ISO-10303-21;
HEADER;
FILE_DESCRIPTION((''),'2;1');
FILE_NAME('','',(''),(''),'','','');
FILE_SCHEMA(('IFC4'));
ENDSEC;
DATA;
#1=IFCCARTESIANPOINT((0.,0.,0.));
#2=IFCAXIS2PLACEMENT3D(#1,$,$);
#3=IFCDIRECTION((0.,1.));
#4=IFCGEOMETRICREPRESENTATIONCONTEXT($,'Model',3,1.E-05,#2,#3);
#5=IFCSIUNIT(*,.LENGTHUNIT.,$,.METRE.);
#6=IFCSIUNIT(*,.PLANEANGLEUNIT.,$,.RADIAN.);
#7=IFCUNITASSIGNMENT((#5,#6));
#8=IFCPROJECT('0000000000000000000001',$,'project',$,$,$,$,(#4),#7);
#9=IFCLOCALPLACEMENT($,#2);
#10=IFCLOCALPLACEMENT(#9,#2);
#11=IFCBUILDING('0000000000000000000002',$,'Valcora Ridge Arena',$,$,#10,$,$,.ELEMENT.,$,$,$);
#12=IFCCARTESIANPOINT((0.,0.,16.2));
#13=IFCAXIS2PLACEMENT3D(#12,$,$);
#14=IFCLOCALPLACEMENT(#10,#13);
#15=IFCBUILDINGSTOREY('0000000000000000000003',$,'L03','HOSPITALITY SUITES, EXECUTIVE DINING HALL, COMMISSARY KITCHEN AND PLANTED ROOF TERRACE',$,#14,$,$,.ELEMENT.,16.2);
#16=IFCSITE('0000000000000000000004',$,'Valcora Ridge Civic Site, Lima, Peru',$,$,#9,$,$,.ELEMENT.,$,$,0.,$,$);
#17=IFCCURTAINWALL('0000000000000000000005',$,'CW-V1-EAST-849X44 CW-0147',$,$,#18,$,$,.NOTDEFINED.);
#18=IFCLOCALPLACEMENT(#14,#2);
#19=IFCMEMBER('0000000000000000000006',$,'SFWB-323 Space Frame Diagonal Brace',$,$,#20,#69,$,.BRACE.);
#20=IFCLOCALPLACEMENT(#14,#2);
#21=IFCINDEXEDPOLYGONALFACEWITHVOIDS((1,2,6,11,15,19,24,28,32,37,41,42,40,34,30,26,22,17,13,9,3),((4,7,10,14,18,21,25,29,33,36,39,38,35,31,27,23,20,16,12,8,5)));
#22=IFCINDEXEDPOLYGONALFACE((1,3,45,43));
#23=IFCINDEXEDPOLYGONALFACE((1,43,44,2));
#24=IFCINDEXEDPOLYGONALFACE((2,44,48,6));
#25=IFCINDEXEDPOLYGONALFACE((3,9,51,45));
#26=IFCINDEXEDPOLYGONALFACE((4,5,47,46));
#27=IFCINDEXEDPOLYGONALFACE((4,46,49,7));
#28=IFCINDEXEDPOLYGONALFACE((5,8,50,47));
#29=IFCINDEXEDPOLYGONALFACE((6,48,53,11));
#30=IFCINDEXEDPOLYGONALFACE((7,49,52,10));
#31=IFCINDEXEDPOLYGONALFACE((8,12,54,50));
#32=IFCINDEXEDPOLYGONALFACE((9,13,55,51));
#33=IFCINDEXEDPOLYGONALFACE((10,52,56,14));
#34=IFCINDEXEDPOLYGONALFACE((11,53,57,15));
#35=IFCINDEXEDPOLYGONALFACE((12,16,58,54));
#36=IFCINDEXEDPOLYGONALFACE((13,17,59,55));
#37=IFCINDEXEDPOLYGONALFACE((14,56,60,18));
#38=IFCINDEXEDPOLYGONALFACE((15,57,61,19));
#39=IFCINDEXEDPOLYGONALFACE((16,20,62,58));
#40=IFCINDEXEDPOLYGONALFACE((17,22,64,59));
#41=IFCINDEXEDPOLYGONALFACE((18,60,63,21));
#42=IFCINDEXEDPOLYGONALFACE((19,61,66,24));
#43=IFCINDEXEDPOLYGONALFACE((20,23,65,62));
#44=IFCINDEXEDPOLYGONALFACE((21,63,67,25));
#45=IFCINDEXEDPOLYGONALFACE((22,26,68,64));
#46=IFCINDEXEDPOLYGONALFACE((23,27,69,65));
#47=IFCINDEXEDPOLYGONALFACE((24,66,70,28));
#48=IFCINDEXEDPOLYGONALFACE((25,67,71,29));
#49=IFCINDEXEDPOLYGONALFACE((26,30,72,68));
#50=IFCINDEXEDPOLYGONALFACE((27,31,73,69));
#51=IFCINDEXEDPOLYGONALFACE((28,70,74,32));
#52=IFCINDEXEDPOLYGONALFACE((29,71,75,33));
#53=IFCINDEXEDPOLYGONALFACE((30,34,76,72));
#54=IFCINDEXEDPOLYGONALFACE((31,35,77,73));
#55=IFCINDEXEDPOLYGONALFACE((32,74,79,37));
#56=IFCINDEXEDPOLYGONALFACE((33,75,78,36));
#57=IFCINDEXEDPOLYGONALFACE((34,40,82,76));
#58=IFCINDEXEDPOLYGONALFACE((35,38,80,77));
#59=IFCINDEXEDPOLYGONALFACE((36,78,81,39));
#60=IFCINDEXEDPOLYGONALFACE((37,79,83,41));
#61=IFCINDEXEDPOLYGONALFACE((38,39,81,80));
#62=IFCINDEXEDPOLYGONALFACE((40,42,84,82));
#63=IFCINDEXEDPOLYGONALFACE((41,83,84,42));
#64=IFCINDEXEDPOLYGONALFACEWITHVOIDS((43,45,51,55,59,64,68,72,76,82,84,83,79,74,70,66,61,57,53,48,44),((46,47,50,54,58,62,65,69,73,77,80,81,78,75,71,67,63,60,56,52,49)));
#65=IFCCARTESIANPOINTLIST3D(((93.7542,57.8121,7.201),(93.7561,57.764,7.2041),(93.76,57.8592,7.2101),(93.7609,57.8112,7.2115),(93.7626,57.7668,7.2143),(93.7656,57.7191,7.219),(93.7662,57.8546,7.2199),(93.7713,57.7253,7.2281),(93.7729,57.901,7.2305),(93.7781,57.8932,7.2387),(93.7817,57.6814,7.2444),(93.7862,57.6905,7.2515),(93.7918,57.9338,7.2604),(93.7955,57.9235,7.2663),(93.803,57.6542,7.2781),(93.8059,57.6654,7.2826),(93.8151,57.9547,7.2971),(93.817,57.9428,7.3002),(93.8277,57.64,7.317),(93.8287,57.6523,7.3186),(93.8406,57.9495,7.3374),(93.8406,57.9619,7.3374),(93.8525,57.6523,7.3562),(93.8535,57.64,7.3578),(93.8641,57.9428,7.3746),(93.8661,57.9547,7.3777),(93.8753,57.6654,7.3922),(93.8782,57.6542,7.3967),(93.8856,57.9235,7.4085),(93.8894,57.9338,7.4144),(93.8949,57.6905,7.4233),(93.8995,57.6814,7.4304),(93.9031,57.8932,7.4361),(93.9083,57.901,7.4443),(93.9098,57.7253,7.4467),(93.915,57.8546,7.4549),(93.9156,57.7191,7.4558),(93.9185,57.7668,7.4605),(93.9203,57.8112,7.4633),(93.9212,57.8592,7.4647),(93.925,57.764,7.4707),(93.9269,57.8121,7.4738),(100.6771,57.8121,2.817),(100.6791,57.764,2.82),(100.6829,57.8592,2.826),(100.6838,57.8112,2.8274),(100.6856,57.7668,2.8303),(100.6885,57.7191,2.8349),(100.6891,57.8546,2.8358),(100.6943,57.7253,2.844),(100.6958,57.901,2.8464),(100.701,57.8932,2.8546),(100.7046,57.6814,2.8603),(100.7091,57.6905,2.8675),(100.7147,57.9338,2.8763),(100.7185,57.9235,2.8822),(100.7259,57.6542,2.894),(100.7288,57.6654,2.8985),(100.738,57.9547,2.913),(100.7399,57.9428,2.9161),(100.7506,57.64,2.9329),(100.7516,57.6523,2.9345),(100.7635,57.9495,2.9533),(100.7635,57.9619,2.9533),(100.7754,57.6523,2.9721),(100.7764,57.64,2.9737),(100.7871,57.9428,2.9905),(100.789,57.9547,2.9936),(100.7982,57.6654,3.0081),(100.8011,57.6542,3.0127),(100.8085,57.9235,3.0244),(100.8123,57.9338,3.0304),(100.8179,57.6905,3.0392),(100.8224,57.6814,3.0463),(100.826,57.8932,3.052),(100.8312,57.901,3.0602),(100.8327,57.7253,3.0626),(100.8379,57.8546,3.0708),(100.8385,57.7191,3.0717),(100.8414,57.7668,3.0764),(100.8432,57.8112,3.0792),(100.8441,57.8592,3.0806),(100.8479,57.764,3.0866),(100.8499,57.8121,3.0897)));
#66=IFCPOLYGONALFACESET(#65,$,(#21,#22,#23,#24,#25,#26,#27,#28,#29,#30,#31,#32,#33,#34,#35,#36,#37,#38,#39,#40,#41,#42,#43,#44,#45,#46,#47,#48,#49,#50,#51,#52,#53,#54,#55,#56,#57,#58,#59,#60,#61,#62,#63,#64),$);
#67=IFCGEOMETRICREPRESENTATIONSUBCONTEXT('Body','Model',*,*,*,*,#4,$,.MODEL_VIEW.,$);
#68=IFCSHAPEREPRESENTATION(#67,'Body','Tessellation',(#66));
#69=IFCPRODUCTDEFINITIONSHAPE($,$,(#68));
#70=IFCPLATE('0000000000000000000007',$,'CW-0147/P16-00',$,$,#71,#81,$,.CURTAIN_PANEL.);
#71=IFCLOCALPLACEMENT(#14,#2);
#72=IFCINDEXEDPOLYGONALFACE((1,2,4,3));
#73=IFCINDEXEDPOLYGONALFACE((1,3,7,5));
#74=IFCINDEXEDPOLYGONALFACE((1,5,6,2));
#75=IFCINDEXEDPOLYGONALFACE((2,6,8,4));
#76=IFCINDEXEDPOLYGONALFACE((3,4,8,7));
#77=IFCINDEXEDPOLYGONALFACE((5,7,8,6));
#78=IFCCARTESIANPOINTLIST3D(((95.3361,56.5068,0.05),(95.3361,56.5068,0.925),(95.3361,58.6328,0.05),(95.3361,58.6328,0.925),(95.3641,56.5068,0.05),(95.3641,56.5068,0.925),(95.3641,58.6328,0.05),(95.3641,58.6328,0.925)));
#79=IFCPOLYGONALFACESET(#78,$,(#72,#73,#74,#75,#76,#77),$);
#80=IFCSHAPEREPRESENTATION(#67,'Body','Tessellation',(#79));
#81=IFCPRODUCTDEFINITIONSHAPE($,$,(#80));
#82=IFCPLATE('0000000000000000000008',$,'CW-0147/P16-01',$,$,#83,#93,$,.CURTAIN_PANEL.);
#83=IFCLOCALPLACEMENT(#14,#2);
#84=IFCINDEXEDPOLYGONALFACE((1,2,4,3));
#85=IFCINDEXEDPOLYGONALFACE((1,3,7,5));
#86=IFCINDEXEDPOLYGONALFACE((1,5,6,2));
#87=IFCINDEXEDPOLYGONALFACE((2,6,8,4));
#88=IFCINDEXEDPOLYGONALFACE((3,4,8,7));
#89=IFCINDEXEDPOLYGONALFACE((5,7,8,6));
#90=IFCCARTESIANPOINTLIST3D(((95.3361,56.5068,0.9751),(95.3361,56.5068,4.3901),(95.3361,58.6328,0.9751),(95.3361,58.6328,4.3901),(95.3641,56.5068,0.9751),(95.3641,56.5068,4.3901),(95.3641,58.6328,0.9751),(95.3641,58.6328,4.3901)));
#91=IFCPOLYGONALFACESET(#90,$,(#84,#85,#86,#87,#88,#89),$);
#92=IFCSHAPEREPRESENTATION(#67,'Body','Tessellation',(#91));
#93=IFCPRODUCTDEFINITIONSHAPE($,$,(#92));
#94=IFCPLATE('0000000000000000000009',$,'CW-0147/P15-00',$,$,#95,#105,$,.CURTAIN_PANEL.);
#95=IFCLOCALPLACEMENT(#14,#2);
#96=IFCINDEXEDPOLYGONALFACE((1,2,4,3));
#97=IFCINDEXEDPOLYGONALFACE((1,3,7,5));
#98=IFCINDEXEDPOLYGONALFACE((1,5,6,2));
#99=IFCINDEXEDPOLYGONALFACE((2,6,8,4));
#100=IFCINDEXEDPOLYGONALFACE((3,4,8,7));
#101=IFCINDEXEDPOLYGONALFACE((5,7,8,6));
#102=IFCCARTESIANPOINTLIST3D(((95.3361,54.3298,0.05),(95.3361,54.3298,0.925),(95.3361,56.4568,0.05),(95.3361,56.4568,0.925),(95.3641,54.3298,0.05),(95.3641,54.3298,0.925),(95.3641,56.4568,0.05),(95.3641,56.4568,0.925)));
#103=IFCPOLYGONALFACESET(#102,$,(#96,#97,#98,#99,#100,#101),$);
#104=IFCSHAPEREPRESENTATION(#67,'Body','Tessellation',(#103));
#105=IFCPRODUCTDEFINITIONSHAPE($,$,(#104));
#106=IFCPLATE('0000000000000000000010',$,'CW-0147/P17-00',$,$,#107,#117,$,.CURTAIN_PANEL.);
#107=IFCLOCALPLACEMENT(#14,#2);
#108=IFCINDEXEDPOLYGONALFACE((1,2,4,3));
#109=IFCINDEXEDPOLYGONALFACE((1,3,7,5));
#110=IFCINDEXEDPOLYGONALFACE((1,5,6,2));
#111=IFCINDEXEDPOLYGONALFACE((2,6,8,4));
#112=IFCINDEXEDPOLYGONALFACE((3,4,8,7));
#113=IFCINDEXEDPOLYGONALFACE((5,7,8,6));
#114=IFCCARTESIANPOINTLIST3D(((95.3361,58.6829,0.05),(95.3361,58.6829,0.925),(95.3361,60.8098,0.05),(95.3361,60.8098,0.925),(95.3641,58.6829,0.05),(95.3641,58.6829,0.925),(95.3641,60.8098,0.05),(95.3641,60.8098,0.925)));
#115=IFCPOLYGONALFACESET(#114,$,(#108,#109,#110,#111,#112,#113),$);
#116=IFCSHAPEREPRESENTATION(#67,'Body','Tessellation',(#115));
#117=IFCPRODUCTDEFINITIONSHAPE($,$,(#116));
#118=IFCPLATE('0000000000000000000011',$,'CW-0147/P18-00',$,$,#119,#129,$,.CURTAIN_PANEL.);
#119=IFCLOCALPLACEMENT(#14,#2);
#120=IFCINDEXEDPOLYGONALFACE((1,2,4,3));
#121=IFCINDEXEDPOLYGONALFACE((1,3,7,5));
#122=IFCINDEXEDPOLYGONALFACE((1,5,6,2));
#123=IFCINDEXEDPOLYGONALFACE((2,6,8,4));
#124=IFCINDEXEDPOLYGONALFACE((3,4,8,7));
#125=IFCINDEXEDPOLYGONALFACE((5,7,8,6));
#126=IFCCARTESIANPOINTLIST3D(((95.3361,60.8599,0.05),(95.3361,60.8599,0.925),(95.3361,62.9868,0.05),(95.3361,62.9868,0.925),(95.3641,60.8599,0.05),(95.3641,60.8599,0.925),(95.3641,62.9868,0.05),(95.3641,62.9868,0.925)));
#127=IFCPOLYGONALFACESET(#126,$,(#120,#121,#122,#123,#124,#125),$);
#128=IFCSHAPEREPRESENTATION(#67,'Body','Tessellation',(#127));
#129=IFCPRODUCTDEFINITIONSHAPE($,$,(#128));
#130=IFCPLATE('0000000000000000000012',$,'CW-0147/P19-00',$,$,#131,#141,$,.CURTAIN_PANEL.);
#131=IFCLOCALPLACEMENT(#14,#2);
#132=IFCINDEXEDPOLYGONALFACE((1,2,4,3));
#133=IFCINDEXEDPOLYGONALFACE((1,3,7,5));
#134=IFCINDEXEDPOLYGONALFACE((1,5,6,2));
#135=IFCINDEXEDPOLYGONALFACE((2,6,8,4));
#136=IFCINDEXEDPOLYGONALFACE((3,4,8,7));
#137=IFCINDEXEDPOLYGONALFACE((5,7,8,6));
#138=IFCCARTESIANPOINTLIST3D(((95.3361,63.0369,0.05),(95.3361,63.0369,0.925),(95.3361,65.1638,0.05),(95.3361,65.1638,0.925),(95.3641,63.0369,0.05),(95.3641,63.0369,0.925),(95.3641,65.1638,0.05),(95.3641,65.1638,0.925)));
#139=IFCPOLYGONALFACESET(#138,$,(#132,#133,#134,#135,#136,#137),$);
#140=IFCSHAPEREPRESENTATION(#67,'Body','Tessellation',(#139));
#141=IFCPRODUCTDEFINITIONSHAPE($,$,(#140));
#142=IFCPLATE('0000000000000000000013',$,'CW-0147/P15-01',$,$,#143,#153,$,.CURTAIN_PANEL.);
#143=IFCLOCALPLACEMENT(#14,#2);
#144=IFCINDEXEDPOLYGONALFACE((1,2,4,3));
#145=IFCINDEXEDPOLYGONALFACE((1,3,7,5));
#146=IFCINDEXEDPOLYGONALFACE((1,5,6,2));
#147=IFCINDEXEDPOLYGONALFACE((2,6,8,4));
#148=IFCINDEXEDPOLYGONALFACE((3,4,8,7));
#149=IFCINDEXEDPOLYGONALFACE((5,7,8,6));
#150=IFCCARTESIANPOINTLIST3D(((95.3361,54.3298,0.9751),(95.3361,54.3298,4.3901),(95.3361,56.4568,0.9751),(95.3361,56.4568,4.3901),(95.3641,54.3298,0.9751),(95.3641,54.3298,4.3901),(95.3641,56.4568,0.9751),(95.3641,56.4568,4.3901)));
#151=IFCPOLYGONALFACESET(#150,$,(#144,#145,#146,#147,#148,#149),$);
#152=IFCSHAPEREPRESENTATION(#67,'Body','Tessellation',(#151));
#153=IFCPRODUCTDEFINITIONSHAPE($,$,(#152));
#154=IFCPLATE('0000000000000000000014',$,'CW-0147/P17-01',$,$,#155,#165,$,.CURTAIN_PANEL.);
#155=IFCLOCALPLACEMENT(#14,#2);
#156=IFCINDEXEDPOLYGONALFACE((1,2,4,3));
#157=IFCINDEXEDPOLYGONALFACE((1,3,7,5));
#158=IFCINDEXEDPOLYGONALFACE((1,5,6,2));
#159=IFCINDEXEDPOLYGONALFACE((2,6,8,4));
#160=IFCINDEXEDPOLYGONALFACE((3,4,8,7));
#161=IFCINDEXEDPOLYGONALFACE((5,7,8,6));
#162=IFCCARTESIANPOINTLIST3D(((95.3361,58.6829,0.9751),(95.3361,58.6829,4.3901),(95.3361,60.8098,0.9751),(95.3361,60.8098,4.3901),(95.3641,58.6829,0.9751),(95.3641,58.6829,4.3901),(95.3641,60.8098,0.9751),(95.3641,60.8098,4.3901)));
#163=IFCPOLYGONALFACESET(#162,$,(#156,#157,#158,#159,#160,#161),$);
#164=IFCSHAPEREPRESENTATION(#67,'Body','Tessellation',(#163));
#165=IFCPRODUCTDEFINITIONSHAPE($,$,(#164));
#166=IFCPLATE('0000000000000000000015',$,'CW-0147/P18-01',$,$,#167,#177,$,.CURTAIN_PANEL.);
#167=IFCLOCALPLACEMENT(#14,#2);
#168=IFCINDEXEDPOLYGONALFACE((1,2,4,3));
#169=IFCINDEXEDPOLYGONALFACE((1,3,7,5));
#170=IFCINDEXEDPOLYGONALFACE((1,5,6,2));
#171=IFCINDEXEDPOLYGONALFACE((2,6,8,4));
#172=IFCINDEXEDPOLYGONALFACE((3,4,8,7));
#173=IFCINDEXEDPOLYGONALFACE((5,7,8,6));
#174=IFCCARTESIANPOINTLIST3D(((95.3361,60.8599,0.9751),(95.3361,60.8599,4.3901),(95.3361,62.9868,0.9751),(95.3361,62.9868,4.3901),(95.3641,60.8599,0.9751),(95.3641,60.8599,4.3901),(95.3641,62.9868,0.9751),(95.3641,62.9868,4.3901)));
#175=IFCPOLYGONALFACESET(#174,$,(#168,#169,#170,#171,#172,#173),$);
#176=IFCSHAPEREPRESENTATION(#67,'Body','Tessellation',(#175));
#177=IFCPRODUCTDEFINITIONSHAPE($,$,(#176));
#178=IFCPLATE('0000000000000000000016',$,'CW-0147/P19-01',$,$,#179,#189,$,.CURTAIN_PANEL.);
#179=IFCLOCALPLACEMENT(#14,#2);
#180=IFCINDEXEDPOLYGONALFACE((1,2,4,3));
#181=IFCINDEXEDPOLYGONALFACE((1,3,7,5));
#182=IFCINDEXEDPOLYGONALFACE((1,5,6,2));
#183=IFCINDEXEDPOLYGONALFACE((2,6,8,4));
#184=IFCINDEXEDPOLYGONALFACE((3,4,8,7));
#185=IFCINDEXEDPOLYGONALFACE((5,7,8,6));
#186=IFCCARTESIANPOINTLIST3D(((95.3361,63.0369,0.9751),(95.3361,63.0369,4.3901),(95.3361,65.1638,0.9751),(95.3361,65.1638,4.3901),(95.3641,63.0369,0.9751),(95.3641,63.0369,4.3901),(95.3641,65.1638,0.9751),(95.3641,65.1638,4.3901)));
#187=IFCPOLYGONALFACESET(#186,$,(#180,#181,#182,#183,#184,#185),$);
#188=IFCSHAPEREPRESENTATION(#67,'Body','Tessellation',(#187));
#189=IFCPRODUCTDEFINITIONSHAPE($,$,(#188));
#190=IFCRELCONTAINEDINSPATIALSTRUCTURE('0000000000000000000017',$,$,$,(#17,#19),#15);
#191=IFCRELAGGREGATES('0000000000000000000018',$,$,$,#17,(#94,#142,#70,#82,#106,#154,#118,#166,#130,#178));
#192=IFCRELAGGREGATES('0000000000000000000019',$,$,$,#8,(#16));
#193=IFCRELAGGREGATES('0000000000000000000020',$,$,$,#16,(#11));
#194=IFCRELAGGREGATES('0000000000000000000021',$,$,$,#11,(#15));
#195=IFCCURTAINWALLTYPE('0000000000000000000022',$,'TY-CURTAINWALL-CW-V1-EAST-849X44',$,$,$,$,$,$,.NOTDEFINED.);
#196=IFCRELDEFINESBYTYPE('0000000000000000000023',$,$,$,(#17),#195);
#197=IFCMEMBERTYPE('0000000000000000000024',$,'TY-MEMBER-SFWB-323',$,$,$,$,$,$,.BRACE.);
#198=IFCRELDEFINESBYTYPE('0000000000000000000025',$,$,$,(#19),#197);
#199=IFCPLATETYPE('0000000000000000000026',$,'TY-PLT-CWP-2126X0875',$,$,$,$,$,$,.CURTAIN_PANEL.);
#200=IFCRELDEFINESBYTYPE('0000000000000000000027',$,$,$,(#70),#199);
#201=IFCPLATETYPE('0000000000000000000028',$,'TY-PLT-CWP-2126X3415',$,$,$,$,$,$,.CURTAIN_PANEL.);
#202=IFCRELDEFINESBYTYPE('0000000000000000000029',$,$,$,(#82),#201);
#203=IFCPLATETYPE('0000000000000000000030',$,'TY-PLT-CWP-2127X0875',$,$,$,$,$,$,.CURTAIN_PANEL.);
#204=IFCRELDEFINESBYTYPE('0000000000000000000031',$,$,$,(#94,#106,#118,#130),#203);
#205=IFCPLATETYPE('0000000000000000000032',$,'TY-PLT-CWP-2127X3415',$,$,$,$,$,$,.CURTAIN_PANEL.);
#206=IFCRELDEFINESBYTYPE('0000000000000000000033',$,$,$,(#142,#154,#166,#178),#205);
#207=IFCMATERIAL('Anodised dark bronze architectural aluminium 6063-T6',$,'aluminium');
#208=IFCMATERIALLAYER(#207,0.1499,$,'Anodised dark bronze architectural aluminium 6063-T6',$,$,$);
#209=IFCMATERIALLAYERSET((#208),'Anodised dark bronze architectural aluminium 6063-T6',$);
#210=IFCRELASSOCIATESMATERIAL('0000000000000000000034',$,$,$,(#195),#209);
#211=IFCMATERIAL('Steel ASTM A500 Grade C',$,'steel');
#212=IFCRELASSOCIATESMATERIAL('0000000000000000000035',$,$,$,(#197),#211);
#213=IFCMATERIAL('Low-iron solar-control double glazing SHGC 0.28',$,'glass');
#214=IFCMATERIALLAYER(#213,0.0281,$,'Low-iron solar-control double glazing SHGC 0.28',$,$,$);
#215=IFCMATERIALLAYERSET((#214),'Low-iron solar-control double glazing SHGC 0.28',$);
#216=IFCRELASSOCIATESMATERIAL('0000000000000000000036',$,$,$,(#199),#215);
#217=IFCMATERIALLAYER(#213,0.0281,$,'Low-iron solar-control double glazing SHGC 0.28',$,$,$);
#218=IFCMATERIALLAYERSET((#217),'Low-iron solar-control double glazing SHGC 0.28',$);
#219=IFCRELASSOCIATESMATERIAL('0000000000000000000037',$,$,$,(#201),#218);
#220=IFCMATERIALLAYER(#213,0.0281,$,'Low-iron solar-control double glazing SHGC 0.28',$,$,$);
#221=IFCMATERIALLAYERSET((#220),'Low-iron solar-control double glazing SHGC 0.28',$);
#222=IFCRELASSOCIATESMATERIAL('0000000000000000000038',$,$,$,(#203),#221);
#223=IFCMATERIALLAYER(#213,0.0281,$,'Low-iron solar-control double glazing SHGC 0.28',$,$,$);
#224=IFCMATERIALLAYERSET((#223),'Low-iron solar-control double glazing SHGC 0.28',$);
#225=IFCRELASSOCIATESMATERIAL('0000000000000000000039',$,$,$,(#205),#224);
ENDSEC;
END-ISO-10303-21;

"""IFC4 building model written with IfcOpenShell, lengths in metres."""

from ifc_helpers import new_model, si_unit, direction, frame, origin, origin_2d, place, context, subcontext, project, spatial, rectangle, hollow_circle, extrude, material, layer, layer_set, material_profile, profile_set, type_object, element, aggregate, save


model = new_model("IFC4")

# Units and contexts
model_context = context("Model", 3, precision=1e-05, world=origin(), true_north=direction((0.0, 1.0)))
body_context = subcontext(model_context, "Body", "Model", "MODEL_VIEW")
ifc_project = project(units=[si_unit("LENGTHUNIT", "METRE"), si_unit("PLANEANGLEUNIT", "RADIAN")], contexts=[model_context])

# Site, building, storey
site_placement = place(None, origin())
site = spatial("IfcSite", under=ifc_project, at=site_placement, Name="Valcora Ridge Civic Site, Lima, Peru", CompositionType="ELEMENT", RefElevation=0.0)
building_placement = place(site_placement, origin())
building = spatial("IfcBuilding", under=site, at=building_placement, Name="Valcora Ridge Arena", CompositionType="ELEMENT")
storey_placement = place(building_placement, frame((0.0, 0.0, 16.2)))
storey = spatial("IfcBuildingStorey", under=building, at=storey_placement, Name="L03", Description="HOSPITALITY SUITES, EXECUTIVE DINING HALL, COMMISSARY KITCHEN AND PLANTED ROOF TERRACE", CompositionType="ELEMENT", Elevation=16.2)

# Curtain wall
ifc_material_1 = material(Name="Anodised dark bronze architectural aluminium 6063-T6", Category="aluminium")
ifc_layer_1 = layer(ifc_material_1, 0.1499, Name="Anodised dark bronze architectural aluminium 6063-T6")
ifc_layer_set_1 = layer_set([ifc_layer_1], Name="Anodised dark bronze architectural aluminium 6063-T6")
curtain_wall_type = type_object("IfcCurtainWallType", Name="TY-CURTAINWALL-CW-V1-EAST-849X44", PredefinedType="NOTDEFINED", material=ifc_layer_set_1)
curtain_wall_placement = place(storey_placement, origin())
curtain_wall = element("IfcCurtainWall", 1, at=curtain_wall_placement, inside=storey, type_object=curtain_wall_type, Name="CW-V1-EAST-849X44 CW-0147", PredefinedType="NOTDEFINED")

# Member
ifc_material_2 = material(Name="Steel ASTM A500 Grade C", Category="steel")
ifc_material_profile_1 = material_profile(ifc_material_2, hollow_circle(Radius=0.1619, WallThickness=0.0125, at=origin_2d()), Name="CHS323X12")
ifc_profile_set_1 = profile_set([ifc_material_profile_1], Name="Steel ASTM A500 Grade C")
member_type_1 = type_object("IfcMemberType", Name="TY-MEMBER-SFWB-323", PredefinedType="BRACE", material=ifc_profile_set_1)
member_1_placement = place(storey_placement, frame((93.8406, 57.8, 7.3374), z_axis=(0.844843, 0.0, -0.535014), x_axis=(0.0, 1.0, 0.0)))
element("IfcMember", 2, at=member_1_placement, inside=storey, type_object=member_type_1, Name="SFWB-323 Space Frame Diagonal Brace", PredefinedType="BRACE", context=body_context, shape_type="SweptSolid", body=[
    extrude(hollow_circle(Radius=0.1619, WallThickness=0.0125, at=origin_2d()), origin(), (0.0, 0.0, 1.0), 8.1943),
])

# Plates
ifc_material_3 = material(Name="Low-iron solar-control double glazing SHGC 0.28", Category="glass")
ifc_layer_2 = layer(ifc_material_3, 0.0281, Name="Low-iron solar-control double glazing SHGC 0.28")
ifc_layer_set_2 = layer_set([ifc_layer_2], Name="Low-iron solar-control double glazing SHGC 0.28")
plate_type_1 = type_object("IfcPlateType", Name="TY-PLT-CWP-2126X0875", PredefinedType="CURTAIN_PANEL", material=ifc_layer_set_2)
plate_1_placement = place(storey_placement, frame((95.3501, 57.5698, 0.05), z_axis=(0.0, 0.0, 1.0), x_axis=(0.0, 1.0, 0.0)))
plate_1 = element("IfcPlate", 3, at=plate_1_placement, type_object=plate_type_1, Name="CW-0147/P16-00", PredefinedType="CURTAIN_PANEL", context=body_context, shape_type="SweptSolid", body=[
    extrude(rectangle(XDim=2.126, YDim=0.0281, at=origin_2d()), origin(), (0.0, 0.0, 1.0), 0.875),
])
ifc_layer_3 = layer(ifc_material_3, 0.0281, Name="Low-iron solar-control double glazing SHGC 0.28")
ifc_layer_set_3 = layer_set([ifc_layer_3], Name="Low-iron solar-control double glazing SHGC 0.28")
plate_type_2 = type_object("IfcPlateType", Name="TY-PLT-CWP-2126X3415", PredefinedType="CURTAIN_PANEL", material=ifc_layer_set_3)
plate_2_placement = place(storey_placement, frame((95.3501, 57.5698, 0.9751), z_axis=(0.0, 0.0, 1.0), x_axis=(0.0, 1.0, 0.0)))
plate_2 = element("IfcPlate", 4, at=plate_2_placement, type_object=plate_type_2, Name="CW-0147/P16-01", PredefinedType="CURTAIN_PANEL", context=body_context, shape_type="SweptSolid", body=[
    extrude(rectangle(XDim=2.126, YDim=0.0281, at=origin_2d()), origin(), (0.0, 0.0, 1.0), 3.415),
])
ifc_layer_4 = layer(ifc_material_3, 0.0281, Name="Low-iron solar-control double glazing SHGC 0.28")
ifc_layer_set_4 = layer_set([ifc_layer_4], Name="Low-iron solar-control double glazing SHGC 0.28")
plate_type_3 = type_object("IfcPlateType", Name="TY-PLT-CWP-2127X0875", PredefinedType="CURTAIN_PANEL", material=ifc_layer_set_4)
plate_3_placement = place(storey_placement, frame((95.3501, 55.3933, 0.05), z_axis=(0.0, 0.0, 1.0), x_axis=(0.0, 1.0, 0.0)))
plate_3 = element("IfcPlate", 5, at=plate_3_placement, type_object=plate_type_3, Name="CW-0147/P15-00", PredefinedType="CURTAIN_PANEL", context=body_context, shape_type="SweptSolid", body=[
    extrude(rectangle(XDim=2.127, YDim=0.0281, at=origin_2d()), origin(), (0.0, 0.0, 1.0), 0.875),
])
plate_4_placement = place(storey_placement, frame((95.3501, 59.7463, 0.05), z_axis=(0.0, 0.0, 1.0), x_axis=(0.0, 1.0, 0.0)))
plate_4 = element("IfcPlate", 6, at=plate_4_placement, type_object=plate_type_3, Name="CW-0147/P17-00", PredefinedType="CURTAIN_PANEL", context=body_context, shape_type="SweptSolid", body=[
    extrude(rectangle(XDim=2.127, YDim=0.0281, at=origin_2d()), origin(), (0.0, 0.0, 1.0), 0.875),
])
plate_5_placement = place(storey_placement, frame((95.3501, 61.9233, 0.05), z_axis=(0.0, 0.0, 1.0), x_axis=(0.0, 1.0, 0.0)))
plate_5 = element("IfcPlate", 7, at=plate_5_placement, type_object=plate_type_3, Name="CW-0147/P18-00", PredefinedType="CURTAIN_PANEL", context=body_context, shape_type="SweptSolid", body=[
    extrude(rectangle(XDim=2.127, YDim=0.0281, at=origin_2d()), origin(), (0.0, 0.0, 1.0), 0.875),
])
plate_6_placement = place(storey_placement, frame((95.3501, 64.1003, 0.05), z_axis=(0.0, 0.0, 1.0), x_axis=(0.0, 1.0, 0.0)))
plate_6 = element("IfcPlate", 8, at=plate_6_placement, type_object=plate_type_3, Name="CW-0147/P19-00", PredefinedType="CURTAIN_PANEL", context=body_context, shape_type="SweptSolid", body=[
    extrude(rectangle(XDim=2.127, YDim=0.0281, at=origin_2d()), origin(), (0.0, 0.0, 1.0), 0.875),
])
ifc_layer_5 = layer(ifc_material_3, 0.0281, Name="Low-iron solar-control double glazing SHGC 0.28")
ifc_layer_set_5 = layer_set([ifc_layer_5], Name="Low-iron solar-control double glazing SHGC 0.28")
plate_type_4 = type_object("IfcPlateType", Name="TY-PLT-CWP-2127X3415", PredefinedType="CURTAIN_PANEL", material=ifc_layer_set_5)
plate_7_placement = place(storey_placement, frame((95.3501, 55.3933, 0.9751), z_axis=(0.0, 0.0, 1.0), x_axis=(0.0, 1.0, 0.0)))
plate_7 = element("IfcPlate", 9, at=plate_7_placement, type_object=plate_type_4, Name="CW-0147/P15-01", PredefinedType="CURTAIN_PANEL", context=body_context, shape_type="SweptSolid", body=[
    extrude(rectangle(XDim=2.127, YDim=0.0281, at=origin_2d()), origin(), (0.0, 0.0, 1.0), 3.415),
])
plate_8_placement = place(storey_placement, frame((95.3501, 59.7463, 0.9751), z_axis=(0.0, 0.0, 1.0), x_axis=(0.0, 1.0, 0.0)))
plate_8 = element("IfcPlate", 10, at=plate_8_placement, type_object=plate_type_4, Name="CW-0147/P17-01", PredefinedType="CURTAIN_PANEL", context=body_context, shape_type="SweptSolid", body=[
    extrude(rectangle(XDim=2.127, YDim=0.0281, at=origin_2d()), origin(), (0.0, 0.0, 1.0), 3.415),
])
plate_9_placement = place(storey_placement, frame((95.3501, 61.9233, 0.9751), z_axis=(0.0, 0.0, 1.0), x_axis=(0.0, 1.0, 0.0)))
plate_9 = element("IfcPlate", 11, at=plate_9_placement, type_object=plate_type_4, Name="CW-0147/P18-01", PredefinedType="CURTAIN_PANEL", context=body_context, shape_type="SweptSolid", body=[
    extrude(rectangle(XDim=2.127, YDim=0.0281, at=origin_2d()), origin(), (0.0, 0.0, 1.0), 3.415),
])
plate_10_placement = place(storey_placement, frame((95.3501, 64.1003, 0.9751), z_axis=(0.0, 0.0, 1.0), x_axis=(0.0, 1.0, 0.0)))
plate_10 = element("IfcPlate", 12, at=plate_10_placement, type_object=plate_type_4, Name="CW-0147/P19-01", PredefinedType="CURTAIN_PANEL", context=body_context, shape_type="SweptSolid", body=[
    extrude(rectangle(XDim=2.127, YDim=0.0281, at=origin_2d()), origin(), (0.0, 0.0, 1.0), 3.415),
])
aggregate(curtain_wall, [plate_3, plate_7, plate_1, plate_2, plate_4, plate_8, plate_5, plate_9, plate_6, plate_10])

save(model, "model.ifc")
